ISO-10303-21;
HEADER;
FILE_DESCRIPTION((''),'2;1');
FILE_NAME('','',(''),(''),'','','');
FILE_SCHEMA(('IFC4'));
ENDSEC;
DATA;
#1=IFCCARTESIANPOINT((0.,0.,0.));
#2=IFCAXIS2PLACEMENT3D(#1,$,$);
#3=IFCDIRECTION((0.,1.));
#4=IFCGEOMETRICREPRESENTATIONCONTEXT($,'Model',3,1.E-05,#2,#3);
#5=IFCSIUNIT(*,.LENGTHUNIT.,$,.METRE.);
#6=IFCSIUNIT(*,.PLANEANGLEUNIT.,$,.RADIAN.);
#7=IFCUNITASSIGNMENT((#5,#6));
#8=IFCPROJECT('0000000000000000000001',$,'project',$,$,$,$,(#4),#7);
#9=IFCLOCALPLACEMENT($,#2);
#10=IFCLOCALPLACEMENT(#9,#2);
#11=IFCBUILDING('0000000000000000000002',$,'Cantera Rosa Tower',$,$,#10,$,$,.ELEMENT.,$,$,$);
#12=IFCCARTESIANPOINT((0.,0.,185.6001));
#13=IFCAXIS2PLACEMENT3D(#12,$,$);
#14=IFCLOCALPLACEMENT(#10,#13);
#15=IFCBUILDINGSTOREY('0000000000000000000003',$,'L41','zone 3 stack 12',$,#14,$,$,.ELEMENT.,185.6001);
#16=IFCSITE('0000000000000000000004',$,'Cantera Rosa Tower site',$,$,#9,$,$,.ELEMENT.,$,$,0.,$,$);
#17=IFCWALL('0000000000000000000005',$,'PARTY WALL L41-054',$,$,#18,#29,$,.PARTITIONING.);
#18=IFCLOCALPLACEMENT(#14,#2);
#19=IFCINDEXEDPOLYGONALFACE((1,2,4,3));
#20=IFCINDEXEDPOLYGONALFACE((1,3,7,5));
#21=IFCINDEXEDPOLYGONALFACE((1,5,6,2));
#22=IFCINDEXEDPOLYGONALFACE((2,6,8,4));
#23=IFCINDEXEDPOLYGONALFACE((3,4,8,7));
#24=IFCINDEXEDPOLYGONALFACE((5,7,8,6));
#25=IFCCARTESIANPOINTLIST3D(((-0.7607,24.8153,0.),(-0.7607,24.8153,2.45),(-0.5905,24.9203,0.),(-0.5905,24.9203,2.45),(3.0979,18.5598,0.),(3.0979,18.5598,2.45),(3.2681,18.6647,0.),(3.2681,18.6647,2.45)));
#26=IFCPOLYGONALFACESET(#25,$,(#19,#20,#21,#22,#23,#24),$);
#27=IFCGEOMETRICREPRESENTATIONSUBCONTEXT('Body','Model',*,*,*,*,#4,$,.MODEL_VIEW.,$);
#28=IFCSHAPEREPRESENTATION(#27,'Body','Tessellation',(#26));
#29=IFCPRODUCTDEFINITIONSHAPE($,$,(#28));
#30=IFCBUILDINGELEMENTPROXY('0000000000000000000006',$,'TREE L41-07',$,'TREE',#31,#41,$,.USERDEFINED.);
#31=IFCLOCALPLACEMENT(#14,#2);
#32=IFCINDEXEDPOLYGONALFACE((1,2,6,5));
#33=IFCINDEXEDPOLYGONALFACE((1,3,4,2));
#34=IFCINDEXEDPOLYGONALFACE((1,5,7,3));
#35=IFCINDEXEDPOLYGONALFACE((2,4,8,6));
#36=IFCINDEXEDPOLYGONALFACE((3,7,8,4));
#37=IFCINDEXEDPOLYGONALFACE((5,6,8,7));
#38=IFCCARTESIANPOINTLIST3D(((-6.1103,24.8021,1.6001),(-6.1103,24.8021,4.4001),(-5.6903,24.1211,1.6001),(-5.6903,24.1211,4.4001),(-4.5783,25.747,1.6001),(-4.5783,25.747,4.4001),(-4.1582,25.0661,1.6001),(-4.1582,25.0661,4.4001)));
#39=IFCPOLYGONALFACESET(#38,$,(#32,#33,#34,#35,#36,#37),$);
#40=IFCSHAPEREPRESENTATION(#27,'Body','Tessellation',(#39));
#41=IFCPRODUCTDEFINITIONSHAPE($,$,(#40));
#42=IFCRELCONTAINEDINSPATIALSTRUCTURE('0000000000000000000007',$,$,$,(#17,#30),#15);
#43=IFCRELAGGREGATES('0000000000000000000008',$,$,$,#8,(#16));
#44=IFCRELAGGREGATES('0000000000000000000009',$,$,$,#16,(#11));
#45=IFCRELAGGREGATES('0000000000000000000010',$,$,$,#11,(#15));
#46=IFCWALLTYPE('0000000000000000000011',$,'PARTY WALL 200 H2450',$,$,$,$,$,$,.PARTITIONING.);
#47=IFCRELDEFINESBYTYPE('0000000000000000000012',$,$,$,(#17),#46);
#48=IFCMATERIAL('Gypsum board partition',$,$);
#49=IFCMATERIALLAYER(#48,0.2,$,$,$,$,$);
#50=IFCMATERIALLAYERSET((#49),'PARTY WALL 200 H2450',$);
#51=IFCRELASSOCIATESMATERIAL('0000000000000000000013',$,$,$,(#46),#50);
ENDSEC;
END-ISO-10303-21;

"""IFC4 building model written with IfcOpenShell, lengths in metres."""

from ifc_helpers import new_model, si_unit, direction, frame, frame_2d, origin, origin_2d, place, context, subcontext, project, spatial, rectangle, extrude, material, layer, layer_set, type_object, element, save


model = new_model("IFC4")

# Units and contexts
model_context = context("Model", 3, precision=1e-05, world=origin(), true_north=direction((0.0, 1.0)))
body_context = subcontext(model_context, "Body", "Model", "MODEL_VIEW")
ifc_project = project(units=[si_unit("LENGTHUNIT", "METRE"), si_unit("PLANEANGLEUNIT", "RADIAN")], contexts=[model_context])

# Site, building, storey
site_placement = place(None, origin())
site = spatial("IfcSite", under=ifc_project, at=site_placement, Name="Cantera Rosa Tower site", CompositionType="ELEMENT", RefElevation=0.0)
building_placement = place(site_placement, origin())
building = spatial("IfcBuilding", under=site, at=building_placement, Name="Cantera Rosa Tower", CompositionType="ELEMENT")
storey_placement = place(building_placement, frame((0.0, 0.0, 185.6001)))
storey = spatial("IfcBuildingStorey", under=building, at=storey_placement, Name="L41", Description="zone 3 stack 12", CompositionType="ELEMENT", Elevation=185.6001)

# Wall
ifc_material_1 = material(Name="Gypsum board partition")
ifc_layer_1 = layer(ifc_material_1, 0.2)
ifc_layer_set_1 = layer_set([ifc_layer_1], Name="PARTY WALL 200 H2450")
wall_type_1 = type_object("IfcWallType", Name="PARTY WALL 200 H2450", PredefinedType="PARTITIONING", material=ifc_layer_set_1)
wall_1_placement = place(storey_placement, frame((-0.6755, 24.8677, 0.0), z_axis=(0.0, 0.0, 1.0), x_axis=(0.524989, -0.851109, 0.0)))
element("IfcWall", 1, at=wall_1_placement, inside=storey, type_object=wall_type_1, Name="PARTY WALL L41-054", PredefinedType="PARTITIONING", context=body_context, shape_type="SweptSolid", body=[
    extrude(rectangle(XDim=7.3499, YDim=0.2, at=frame_2d((3.6748, 0.0))), origin(), (0.0, 0.0, 1.0), 2.45),
])

# Building element proxy
proxy_placement = place(storey_placement, frame((-5.1343, 24.9341, 1.6001), z_axis=(0.0, 0.0, 1.0), x_axis=(-0.851117, -0.524977, 0.0)))
element("IfcBuildingElementProxy", 2, at=proxy_placement, inside=storey, Name="TREE L41-07", ObjectType="TREE", PredefinedType="USERDEFINED", context=body_context, shape_type="SweptSolid", body=[
    extrude(rectangle(XDim=1.8, YDim=0.8, at=origin_2d()), origin(), (0.0, 0.0, 1.0), 2.8),
])

save(model, "model.ifc")
